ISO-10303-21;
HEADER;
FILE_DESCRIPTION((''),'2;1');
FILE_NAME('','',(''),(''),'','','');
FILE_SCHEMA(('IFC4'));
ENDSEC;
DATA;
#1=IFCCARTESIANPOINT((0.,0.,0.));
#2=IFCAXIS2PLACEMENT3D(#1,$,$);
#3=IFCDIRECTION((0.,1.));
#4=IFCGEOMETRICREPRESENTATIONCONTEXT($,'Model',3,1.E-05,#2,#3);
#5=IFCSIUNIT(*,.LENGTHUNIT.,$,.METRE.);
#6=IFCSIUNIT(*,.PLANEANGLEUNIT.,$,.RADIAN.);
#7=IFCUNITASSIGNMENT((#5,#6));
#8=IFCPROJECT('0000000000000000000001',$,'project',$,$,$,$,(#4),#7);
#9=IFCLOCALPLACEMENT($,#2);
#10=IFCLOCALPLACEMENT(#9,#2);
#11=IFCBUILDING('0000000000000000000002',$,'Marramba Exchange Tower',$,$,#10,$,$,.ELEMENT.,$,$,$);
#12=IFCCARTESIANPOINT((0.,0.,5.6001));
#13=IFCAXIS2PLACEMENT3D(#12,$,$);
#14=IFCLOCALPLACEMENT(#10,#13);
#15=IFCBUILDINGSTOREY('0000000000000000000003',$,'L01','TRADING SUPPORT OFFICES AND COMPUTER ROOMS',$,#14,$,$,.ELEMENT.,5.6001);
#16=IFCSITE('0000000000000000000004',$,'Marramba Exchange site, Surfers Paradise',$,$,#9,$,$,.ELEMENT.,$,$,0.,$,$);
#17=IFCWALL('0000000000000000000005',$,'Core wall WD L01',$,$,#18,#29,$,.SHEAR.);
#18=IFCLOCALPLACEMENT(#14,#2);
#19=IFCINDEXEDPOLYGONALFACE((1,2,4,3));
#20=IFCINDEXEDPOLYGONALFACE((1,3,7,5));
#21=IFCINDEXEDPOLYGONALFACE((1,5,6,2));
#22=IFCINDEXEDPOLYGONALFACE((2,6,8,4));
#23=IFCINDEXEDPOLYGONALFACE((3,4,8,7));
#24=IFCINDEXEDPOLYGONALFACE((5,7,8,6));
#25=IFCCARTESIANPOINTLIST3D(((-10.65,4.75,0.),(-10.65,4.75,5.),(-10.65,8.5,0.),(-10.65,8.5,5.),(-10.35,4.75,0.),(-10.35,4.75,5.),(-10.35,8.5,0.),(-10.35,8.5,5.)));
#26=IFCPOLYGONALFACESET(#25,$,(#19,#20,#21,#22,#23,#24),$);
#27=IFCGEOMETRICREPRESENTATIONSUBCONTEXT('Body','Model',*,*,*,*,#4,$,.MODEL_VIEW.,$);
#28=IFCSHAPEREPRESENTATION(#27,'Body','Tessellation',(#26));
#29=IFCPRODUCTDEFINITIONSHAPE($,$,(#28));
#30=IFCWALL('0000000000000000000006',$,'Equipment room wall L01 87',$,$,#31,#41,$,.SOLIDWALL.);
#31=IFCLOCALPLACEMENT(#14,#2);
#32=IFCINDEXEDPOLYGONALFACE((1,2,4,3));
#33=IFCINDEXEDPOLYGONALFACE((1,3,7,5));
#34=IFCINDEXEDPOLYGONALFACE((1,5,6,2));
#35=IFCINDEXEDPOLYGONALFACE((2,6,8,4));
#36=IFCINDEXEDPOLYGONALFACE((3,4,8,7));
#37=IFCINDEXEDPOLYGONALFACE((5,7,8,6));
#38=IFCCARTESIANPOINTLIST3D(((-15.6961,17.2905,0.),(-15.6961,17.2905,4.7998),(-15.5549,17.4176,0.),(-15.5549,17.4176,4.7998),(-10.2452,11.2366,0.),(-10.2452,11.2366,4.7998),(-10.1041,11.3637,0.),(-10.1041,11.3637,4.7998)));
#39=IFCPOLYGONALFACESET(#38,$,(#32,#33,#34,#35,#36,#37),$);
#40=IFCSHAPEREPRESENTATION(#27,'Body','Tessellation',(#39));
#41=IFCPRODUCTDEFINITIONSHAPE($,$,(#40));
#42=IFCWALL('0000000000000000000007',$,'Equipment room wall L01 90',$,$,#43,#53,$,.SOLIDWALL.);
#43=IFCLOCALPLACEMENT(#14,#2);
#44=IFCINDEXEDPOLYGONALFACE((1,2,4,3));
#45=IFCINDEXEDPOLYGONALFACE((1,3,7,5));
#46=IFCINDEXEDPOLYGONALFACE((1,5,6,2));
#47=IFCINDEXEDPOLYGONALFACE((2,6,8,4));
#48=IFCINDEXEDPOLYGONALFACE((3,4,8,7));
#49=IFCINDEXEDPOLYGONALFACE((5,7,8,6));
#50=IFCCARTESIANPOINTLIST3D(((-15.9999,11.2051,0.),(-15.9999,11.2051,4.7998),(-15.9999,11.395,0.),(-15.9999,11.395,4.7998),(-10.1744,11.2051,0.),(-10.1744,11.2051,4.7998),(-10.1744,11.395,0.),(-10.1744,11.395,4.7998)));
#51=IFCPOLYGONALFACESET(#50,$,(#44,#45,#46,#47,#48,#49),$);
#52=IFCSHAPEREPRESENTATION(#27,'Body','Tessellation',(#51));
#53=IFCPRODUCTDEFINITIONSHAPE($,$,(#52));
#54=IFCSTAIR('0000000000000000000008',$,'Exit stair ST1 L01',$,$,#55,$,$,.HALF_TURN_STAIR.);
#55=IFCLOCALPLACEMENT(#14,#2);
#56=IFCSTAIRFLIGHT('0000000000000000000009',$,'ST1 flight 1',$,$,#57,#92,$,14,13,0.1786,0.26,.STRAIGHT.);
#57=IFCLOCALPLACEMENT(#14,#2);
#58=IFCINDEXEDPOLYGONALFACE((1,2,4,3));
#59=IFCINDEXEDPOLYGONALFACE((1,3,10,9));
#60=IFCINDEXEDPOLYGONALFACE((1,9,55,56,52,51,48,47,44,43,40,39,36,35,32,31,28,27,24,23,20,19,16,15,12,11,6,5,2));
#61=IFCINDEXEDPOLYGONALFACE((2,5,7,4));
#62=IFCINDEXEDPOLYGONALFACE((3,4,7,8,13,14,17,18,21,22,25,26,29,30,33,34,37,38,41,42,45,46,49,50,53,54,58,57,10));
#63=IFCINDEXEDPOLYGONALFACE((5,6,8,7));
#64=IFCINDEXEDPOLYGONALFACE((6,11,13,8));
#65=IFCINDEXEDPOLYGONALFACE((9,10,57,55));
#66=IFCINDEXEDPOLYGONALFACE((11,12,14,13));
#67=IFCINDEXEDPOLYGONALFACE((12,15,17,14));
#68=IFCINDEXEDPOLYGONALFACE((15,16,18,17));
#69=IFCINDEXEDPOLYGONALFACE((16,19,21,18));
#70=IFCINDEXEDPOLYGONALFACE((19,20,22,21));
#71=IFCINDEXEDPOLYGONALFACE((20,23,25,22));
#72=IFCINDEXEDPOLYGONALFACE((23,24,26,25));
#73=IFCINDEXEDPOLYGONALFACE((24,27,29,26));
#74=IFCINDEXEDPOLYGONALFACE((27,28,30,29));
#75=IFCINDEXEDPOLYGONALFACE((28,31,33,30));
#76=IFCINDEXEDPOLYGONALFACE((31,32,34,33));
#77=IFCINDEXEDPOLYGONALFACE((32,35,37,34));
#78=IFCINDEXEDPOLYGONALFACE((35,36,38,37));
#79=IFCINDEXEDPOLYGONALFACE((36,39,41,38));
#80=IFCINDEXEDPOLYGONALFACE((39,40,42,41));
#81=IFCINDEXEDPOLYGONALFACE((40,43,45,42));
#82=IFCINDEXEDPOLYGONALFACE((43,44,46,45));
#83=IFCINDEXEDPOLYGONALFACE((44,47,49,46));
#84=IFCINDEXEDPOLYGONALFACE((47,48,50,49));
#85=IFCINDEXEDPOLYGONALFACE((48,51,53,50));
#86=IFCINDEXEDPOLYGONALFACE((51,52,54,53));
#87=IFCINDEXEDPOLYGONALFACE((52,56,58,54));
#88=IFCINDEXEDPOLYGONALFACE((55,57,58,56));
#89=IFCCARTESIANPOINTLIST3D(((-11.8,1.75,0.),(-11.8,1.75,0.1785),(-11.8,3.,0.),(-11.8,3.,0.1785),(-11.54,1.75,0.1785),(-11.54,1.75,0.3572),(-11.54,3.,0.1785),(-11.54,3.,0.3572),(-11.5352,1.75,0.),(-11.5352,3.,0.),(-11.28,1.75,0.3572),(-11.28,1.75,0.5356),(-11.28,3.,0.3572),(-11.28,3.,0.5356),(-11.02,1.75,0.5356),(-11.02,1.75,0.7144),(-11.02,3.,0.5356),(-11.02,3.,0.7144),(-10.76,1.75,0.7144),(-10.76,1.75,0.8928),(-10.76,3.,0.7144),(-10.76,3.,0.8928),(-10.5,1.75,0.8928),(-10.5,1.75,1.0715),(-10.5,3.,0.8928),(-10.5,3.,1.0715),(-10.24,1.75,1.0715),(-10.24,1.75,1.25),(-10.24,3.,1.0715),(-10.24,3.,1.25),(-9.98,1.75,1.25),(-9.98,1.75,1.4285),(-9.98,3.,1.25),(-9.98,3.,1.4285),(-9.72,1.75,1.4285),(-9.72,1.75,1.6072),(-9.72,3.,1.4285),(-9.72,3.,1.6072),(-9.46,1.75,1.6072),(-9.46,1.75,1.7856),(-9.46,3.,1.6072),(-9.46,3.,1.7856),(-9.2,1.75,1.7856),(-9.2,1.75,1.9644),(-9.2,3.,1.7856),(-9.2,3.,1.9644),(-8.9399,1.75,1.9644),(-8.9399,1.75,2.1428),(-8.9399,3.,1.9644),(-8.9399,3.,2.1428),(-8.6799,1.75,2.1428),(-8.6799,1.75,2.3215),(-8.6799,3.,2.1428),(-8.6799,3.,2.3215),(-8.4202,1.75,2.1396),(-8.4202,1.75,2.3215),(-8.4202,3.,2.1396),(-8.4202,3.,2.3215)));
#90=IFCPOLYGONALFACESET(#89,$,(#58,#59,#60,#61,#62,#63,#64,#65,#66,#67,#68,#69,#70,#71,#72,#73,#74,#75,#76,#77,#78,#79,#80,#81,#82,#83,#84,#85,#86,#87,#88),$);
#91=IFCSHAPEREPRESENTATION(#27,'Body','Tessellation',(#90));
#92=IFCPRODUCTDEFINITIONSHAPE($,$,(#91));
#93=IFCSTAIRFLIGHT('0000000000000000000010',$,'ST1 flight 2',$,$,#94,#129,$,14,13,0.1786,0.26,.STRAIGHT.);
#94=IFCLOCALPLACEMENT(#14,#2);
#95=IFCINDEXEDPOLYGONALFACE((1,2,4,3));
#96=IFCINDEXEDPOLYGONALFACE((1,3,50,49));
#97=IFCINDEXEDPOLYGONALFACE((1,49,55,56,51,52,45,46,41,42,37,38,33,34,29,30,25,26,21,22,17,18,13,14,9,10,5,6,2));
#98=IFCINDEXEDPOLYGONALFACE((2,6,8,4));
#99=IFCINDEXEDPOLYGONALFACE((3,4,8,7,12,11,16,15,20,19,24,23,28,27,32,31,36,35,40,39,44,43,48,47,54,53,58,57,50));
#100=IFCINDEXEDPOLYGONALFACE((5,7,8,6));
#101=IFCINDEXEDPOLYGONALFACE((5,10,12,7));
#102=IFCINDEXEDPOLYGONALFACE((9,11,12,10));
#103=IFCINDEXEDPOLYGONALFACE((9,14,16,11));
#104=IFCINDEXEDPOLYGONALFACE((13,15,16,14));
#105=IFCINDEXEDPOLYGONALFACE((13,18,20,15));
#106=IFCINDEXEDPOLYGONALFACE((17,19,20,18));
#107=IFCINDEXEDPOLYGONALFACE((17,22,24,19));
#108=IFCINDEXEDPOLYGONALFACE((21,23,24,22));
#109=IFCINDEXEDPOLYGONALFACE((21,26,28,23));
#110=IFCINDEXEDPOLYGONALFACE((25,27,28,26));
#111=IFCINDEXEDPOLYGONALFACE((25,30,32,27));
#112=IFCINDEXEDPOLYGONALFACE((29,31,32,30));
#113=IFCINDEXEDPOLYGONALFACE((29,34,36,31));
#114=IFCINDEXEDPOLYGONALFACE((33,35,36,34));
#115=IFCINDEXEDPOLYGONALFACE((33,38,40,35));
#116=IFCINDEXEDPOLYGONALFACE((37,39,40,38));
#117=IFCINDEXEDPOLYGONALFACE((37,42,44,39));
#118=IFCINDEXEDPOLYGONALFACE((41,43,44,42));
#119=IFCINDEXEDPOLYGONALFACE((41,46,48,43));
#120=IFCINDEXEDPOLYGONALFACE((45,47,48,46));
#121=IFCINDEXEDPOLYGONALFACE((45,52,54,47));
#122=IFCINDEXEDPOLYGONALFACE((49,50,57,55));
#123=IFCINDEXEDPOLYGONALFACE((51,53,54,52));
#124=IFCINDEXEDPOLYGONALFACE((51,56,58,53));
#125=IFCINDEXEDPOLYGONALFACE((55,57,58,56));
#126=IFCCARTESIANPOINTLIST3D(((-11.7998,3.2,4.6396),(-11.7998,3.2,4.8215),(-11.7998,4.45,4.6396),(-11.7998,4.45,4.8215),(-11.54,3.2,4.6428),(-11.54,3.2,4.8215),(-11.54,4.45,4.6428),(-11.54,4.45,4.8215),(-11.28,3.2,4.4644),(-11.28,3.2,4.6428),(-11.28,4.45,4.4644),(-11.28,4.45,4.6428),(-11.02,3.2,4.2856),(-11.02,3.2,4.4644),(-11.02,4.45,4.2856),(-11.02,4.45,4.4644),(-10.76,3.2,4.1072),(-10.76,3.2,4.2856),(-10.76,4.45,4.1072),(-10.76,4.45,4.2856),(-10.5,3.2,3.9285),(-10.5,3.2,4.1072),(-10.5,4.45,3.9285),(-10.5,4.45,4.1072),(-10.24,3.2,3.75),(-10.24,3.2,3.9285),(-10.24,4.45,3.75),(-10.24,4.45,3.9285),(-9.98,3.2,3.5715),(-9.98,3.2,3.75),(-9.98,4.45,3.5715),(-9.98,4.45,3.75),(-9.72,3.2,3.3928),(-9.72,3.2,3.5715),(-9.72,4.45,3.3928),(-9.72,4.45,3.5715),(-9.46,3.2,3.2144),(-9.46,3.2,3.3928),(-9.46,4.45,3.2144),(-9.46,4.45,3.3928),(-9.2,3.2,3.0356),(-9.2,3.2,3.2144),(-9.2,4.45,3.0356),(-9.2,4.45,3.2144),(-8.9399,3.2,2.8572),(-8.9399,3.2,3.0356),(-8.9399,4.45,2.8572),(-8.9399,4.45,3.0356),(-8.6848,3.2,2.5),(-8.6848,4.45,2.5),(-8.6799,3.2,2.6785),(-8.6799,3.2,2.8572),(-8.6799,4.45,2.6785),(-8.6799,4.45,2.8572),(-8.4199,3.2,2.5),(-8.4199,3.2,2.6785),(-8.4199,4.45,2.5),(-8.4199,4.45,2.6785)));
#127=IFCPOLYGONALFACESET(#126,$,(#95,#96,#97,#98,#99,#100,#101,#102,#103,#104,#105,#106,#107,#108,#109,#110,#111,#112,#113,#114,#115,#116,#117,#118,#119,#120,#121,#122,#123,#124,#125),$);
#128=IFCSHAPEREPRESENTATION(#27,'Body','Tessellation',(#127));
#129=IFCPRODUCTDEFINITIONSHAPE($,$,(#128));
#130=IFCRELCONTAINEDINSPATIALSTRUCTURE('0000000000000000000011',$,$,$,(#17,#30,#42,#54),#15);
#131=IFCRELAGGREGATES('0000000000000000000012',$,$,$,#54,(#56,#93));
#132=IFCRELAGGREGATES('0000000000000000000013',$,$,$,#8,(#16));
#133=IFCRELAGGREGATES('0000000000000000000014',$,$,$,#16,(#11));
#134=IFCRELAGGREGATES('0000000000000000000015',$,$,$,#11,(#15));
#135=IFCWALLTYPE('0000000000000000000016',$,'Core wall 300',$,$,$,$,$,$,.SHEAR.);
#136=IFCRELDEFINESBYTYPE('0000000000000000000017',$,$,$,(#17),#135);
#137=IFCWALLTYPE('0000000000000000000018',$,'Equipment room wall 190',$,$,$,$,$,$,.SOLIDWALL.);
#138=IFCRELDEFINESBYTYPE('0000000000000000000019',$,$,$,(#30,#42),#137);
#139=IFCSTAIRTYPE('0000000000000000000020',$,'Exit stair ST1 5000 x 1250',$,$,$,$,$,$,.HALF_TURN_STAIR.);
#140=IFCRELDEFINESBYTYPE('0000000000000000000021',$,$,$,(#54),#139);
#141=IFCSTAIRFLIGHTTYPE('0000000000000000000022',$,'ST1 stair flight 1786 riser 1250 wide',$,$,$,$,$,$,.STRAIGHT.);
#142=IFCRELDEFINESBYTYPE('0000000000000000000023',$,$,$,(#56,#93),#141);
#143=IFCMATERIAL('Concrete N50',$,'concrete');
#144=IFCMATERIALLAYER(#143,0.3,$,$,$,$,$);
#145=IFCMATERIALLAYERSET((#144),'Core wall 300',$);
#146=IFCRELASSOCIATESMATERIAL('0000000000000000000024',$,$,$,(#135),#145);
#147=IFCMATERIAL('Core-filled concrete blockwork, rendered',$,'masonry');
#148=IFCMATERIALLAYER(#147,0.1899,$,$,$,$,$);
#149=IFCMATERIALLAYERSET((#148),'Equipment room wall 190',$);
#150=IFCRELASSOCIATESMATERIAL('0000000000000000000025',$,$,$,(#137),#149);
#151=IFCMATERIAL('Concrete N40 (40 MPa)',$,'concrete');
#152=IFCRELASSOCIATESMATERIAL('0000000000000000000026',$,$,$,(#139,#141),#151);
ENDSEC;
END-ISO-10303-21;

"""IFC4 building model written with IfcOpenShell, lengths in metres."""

from ifc_helpers import new_model, si_unit, direction, frame, frame_2d, origin, place, context, subcontext, project, spatial, polyline, rectangle, outline, extrude, material, layer, layer_set, type_object, element, aggregate, save


model = new_model("IFC4")

# Units and contexts
model_context = context("Model", 3, precision=1e-05, world=origin(), true_north=direction((0.0, 1.0)))
body_context = subcontext(model_context, "Body", "Model", "MODEL_VIEW")
ifc_project = project(units=[si_unit("LENGTHUNIT", "METRE"), si_unit("PLANEANGLEUNIT", "RADIAN")], contexts=[model_context])

# Site, building, storey
site_placement = place(None, origin())
site = spatial("IfcSite", under=ifc_project, at=site_placement, Name="Marramba Exchange site, Surfers Paradise", CompositionType="ELEMENT", RefElevation=0.0)
building_placement = place(site_placement, origin())
building = spatial("IfcBuilding", under=site, at=building_placement, Name="Marramba Exchange Tower", CompositionType="ELEMENT")
storey_placement = place(building_placement, frame((0.0, 0.0, 5.6001)))
storey = spatial("IfcBuildingStorey", under=building, at=storey_placement, Name="L01", Description="TRADING SUPPORT OFFICES AND COMPUTER ROOMS", CompositionType="ELEMENT", Elevation=5.6001)

# Shared definitions
ifc_material_1 = material(Name="Concrete N50", Category="concrete")

# Shared definitions
ifc_layer_1 = layer(ifc_material_1, 0.3)
ifc_layer_set_1 = layer_set([ifc_layer_1], Name="Core wall 300")
wall_type_1 = type_object("IfcWallType", Name="Core wall 300", PredefinedType="SHEAR", material=ifc_layer_set_1)

# Walls
for number, where, z_axis, x_axis, name in (
    (1, (-10.5, 4.75, 0.0), (0.0, 0.0, 1.0), (0.0, 1.0, 0.0), "Core wall WD L01"),
):
    element("IfcWall", number, at=place(storey_placement, frame(where, z_axis=z_axis, x_axis=x_axis)), inside=storey, type_object=wall_type_1, Name=name, PredefinedType="SHEAR", context=body_context, shape_type="SweptSolid", body=[
        extrude(rectangle(XDim=3.75, YDim=0.3, at=frame_2d((1.875, 0.0))), origin(), (0.0, 0.0, 1.0), 5.0),
    ])
ifc_material_2 = material(Name="Core-filled concrete blockwork, rendered", Category="masonry")
ifc_layer_2 = layer(ifc_material_2, 0.1899)
ifc_layer_set_2 = layer_set([ifc_layer_2], Name="Equipment room wall 190")
wall_type_2 = type_object("IfcWallType", Name="Equipment room wall 190", PredefinedType="SOLIDWALL", material=ifc_layer_set_2)
wall_1_placement = place(storey_placement, frame((-10.1746, 11.3, 0.0), z_axis=(0.0, 0.0, 1.0), x_axis=(-0.669125, 0.74315, 0.0)))
element("IfcWall", 2, at=wall_1_placement, inside=storey, type_object=wall_type_2, Name="Equipment room wall L01 87", PredefinedType="SOLIDWALL", context=body_context, shape_type="SweptSolid", body=[
    extrude(rectangle(XDim=8.1462, YDim=0.1899, at=frame_2d((4.0732, 0.0))), origin(), (0.0, 0.0, 1.0), 4.7998),
])
wall_2_placement = place(storey_placement, frame((-10.1746, 11.3, 0.0), z_axis=(0.0, 0.0, 1.0), x_axis=(-1.0, 0.0, 0.0)))
element("IfcWall", 3, at=wall_2_placement, inside=storey, type_object=wall_type_2, Name="Equipment room wall L01 90", PredefinedType="SOLIDWALL", context=body_context, shape_type="SweptSolid", body=[
    extrude(rectangle(XDim=5.8254, YDim=0.1899, at=frame_2d((2.9126, 0.0))), origin(), (0.0, 0.0, 1.0), 4.7998),
])

# Stair, stair flights
ifc_material_3 = material(Name="Concrete N40 (40 MPa)", Category="concrete")
stair_type = type_object("IfcStairType", Name="Exit stair ST1 5000 x 1250", PredefinedType="HALF_TURN_STAIR", material=ifc_material_3)
stair_placement = place(storey_placement, origin())
stair = element("IfcStair", 4, at=stair_placement, inside=storey, type_object=stair_type, Name="Exit stair ST1 L01", PredefinedType="HALF_TURN_STAIR")
stair_flight_type = type_object("IfcStairFlightType", Name="ST1 stair flight 1786 riser 1250 wide", PredefinedType="STRAIGHT", material=ifc_material_3)
stair_flight_1_placement = place(storey_placement, frame((-11.8, 2.375, 0.0), z_axis=(0.0, 0.0, 1.0), x_axis=(1.0, 0.0, 0.0)))
stair_flight_1 = element("IfcStairFlight", 5, at=stair_flight_1_placement, type_object=stair_flight_type, Name="ST1 flight 1", NumberOfRisers=14, NumberOfTreads=13, PredefinedType="STRAIGHT", RiserHeight=0.1786, TreadLength=0.26, context=body_context, shape_type="SweptSolid", body=[
    extrude(outline(polyline([(0.0, 0.0), (0.0, 0.1785), (0.26, 0.1785), (0.26, 0.3572), (0.52, 0.3572), (0.52, 0.5356), (0.78, 0.5356), (0.78, 0.7144), (1.04, 0.7144), (1.04, 0.8928), (1.3, 0.8928), (1.3, 1.0715), (1.5601, 1.0715), (1.5601, 1.25), (1.8201, 1.25), (1.8201, 1.4285), (2.0801, 1.4285), (2.0801, 1.6072), (2.3401, 1.6072), (2.3401, 1.7856), (2.6001, 1.7856), (2.6001, 1.9644), (2.8601, 1.9644), (2.8601, 2.1428), (3.1201, 2.1428), (3.1201, 2.3215), (3.3799, 2.3215), (3.3799, 2.5), (3.3799, 2.1396), (0.2649, 0.0), (0.0, 0.0)])), frame((0.0, 0.625, 0.0), z_axis=(0.0, -1.0, 0.0), x_axis=(1.0, 0.0, 0.0)), (0.0, 0.0, 1.0), 1.25),
])
stair_flight_2_placement = place(storey_placement, frame((-8.4199, 3.825, 2.5), z_axis=(0.0, 0.0, 1.0), x_axis=(-1.0, 0.0, 0.0)))
stair_flight_2 = element("IfcStairFlight", 6, at=stair_flight_2_placement, type_object=stair_flight_type, Name="ST1 flight 2", NumberOfRisers=14, NumberOfTreads=13, PredefinedType="STRAIGHT", RiserHeight=0.1786, TreadLength=0.26, context=body_context, shape_type="SweptSolid", body=[
    extrude(outline(polyline([(0.0, 0.0), (0.0, 0.1785), (0.26, 0.1785), (0.26, 0.3572), (0.52, 0.3572), (0.52, 0.5356), (0.78, 0.5356), (0.78, 0.7144), (1.04, 0.7144), (1.04, 0.8928), (1.3, 0.8928), (1.3, 1.0715), (1.5601, 1.0715), (1.5601, 1.25), (1.8201, 1.25), (1.8201, 1.4285), (2.0801, 1.4285), (2.0801, 1.6072), (2.3401, 1.6072), (2.3401, 1.7856), (2.6001, 1.7856), (2.6001, 1.9644), (2.8601, 1.9644), (2.8601, 2.1428), (3.1201, 2.1428), (3.1201, 2.3215), (3.3799, 2.3215), (3.3799, 2.5), (3.3799, 2.1396), (0.2649, 0.0), (0.0, 0.0)])), frame((0.0, 0.625, 0.0), z_axis=(0.0, -1.0, 0.0), x_axis=(1.0, 0.0, 0.0)), (0.0, 0.0, 1.0), 1.25),
])
aggregate(stair, [stair_flight_1, stair_flight_2])

save(model, "model.ifc")
